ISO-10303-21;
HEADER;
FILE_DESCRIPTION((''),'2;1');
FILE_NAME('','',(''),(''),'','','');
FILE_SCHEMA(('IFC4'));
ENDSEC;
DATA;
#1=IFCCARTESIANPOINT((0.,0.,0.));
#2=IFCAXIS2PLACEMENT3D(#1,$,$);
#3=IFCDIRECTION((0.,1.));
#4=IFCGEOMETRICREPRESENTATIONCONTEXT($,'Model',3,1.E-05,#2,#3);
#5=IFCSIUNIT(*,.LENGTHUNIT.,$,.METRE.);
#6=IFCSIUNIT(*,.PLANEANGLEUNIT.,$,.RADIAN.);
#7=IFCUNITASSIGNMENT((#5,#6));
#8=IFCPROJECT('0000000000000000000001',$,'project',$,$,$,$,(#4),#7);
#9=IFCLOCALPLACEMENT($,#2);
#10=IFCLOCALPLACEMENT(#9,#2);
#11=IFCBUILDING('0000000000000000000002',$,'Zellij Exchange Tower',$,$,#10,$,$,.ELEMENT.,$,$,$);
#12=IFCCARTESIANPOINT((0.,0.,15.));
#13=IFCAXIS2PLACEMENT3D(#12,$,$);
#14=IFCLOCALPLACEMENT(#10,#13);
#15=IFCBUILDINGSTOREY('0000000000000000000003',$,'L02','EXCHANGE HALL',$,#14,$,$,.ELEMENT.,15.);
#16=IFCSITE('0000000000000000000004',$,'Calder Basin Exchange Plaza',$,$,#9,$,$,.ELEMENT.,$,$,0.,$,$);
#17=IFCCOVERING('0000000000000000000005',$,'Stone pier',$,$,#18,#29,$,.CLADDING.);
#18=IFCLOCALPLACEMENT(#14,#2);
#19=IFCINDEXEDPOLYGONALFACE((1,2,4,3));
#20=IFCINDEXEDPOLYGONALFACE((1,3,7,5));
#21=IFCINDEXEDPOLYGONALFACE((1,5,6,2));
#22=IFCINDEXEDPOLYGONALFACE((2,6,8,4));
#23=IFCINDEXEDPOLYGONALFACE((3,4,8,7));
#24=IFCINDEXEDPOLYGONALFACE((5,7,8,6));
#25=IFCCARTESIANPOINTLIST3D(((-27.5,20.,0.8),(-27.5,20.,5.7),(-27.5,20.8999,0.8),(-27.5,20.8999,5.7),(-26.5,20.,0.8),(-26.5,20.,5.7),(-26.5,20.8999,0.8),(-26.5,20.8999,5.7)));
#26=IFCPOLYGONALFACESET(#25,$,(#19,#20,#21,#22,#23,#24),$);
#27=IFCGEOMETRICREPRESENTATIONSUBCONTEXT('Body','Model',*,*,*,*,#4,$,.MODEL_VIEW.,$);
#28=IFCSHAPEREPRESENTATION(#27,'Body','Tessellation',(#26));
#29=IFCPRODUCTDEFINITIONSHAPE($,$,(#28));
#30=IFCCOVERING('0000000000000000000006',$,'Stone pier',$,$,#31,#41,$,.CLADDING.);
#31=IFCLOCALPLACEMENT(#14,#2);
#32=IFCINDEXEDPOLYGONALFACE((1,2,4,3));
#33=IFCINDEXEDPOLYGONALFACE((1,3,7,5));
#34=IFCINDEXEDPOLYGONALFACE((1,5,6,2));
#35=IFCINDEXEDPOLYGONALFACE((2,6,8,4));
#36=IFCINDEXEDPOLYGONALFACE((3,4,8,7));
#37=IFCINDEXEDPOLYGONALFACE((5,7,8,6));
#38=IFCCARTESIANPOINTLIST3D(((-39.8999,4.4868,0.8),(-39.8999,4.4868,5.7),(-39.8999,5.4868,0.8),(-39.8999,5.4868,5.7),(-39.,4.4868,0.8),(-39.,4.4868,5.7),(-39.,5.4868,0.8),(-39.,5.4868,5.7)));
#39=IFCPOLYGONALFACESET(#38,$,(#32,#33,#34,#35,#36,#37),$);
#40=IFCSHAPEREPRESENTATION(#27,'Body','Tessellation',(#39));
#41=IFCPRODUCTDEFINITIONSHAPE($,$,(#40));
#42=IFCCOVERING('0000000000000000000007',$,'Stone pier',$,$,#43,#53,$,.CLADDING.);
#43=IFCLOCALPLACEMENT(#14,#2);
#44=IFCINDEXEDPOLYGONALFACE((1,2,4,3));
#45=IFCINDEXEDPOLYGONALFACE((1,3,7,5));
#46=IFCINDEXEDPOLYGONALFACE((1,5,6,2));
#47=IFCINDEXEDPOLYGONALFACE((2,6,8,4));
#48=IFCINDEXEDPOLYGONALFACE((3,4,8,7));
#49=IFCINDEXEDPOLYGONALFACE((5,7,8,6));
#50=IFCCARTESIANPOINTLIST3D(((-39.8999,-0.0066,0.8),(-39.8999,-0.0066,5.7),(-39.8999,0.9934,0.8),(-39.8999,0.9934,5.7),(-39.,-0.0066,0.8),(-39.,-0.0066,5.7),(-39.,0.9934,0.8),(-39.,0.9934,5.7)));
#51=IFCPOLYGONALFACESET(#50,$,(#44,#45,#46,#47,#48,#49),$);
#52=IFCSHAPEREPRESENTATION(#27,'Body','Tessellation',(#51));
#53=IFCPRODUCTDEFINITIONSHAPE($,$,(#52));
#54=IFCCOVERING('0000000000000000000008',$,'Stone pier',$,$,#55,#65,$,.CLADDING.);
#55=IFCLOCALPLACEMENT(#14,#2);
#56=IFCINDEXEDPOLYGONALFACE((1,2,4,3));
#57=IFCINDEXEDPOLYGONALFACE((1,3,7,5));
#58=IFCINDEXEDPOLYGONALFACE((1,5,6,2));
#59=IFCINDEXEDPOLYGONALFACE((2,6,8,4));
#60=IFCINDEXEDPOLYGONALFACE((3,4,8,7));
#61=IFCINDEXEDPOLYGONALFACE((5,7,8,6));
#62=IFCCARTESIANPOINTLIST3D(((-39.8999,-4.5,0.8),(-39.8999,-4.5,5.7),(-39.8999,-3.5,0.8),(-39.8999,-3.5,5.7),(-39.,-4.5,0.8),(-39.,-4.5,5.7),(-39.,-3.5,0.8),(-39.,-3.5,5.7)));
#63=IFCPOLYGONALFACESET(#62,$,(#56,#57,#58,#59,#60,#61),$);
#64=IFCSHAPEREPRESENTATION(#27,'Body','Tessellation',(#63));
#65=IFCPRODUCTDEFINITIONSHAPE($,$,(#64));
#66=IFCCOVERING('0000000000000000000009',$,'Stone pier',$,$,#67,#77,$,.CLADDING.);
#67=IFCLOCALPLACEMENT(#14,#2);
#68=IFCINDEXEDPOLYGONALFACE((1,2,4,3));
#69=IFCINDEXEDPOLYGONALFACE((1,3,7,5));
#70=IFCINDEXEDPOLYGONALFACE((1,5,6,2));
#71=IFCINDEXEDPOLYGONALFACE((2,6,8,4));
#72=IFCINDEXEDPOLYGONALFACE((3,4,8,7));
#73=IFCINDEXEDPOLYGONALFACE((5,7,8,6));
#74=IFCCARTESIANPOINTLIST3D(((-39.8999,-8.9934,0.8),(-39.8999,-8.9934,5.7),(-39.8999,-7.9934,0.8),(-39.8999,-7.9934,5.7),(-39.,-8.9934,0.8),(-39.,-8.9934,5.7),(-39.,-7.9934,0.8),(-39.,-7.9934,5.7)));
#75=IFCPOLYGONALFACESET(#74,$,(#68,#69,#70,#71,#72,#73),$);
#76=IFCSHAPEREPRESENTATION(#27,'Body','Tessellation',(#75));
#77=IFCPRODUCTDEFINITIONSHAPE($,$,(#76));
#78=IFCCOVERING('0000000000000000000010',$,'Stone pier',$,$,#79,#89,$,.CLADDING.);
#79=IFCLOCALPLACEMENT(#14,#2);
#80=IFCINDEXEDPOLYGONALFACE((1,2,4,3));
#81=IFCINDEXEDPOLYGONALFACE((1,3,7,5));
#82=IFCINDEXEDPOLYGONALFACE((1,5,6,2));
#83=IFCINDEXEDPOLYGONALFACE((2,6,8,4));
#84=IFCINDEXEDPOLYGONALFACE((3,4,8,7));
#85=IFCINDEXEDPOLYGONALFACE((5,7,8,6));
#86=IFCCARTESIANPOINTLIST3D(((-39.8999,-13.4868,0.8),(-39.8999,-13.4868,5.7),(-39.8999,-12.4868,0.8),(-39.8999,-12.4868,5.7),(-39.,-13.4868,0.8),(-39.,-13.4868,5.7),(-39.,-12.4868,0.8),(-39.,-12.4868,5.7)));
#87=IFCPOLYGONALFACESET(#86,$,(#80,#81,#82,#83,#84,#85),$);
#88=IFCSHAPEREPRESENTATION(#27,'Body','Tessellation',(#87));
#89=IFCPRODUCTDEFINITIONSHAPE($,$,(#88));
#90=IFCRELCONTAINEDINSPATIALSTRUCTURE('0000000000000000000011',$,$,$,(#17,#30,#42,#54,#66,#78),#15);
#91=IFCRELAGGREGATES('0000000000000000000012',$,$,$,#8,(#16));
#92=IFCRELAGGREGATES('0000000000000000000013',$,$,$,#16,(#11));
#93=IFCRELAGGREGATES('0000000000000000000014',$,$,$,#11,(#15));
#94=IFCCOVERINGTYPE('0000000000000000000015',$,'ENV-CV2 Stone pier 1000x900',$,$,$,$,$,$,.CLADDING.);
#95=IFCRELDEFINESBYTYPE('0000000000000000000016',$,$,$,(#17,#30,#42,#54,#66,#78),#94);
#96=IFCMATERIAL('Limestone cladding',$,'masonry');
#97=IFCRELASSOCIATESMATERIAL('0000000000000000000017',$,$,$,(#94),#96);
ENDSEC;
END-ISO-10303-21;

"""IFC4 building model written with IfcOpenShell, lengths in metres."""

from ifc_helpers import new_model, si_unit, direction, frame, origin, place, context, subcontext, project, spatial, polyline, outline, extrude, material, type_object, element, save


model = new_model("IFC4")

# Units and contexts
model_context = context("Model", 3, precision=1e-05, world=origin(), true_north=direction((0.0, 1.0)))
body_context = subcontext(model_context, "Body", "Model", "MODEL_VIEW")
ifc_project = project(units=[si_unit("LENGTHUNIT", "METRE"), si_unit("PLANEANGLEUNIT", "RADIAN")], contexts=[model_context])

# Site, building, storey
site_placement = place(None, origin())
site = spatial("IfcSite", under=ifc_project, at=site_placement, Name="Calder Basin Exchange Plaza", CompositionType="ELEMENT", RefElevation=0.0)
building_placement = place(site_placement, origin())
building = spatial("IfcBuilding", under=site, at=building_placement, Name="Zellij Exchange Tower", CompositionType="ELEMENT")
storey_placement = place(building_placement, frame((0.0, 0.0, 15.0)))
storey = spatial("IfcBuildingStorey", under=building, at=storey_placement, Name="L02", Description="EXCHANGE HALL", CompositionType="ELEMENT", Elevation=15.0)

# Coverings
ifc_material_1 = material(Name="Limestone cladding", Category="masonry")
covering_type_1 = type_object("IfcCoveringType", Name="ENV-CV2 Stone pier 1000x900", PredefinedType="CLADDING", material=ifc_material_1)
covering_1_placement = place(storey_placement, frame((0.0, 0.0, 0.8)))
element("IfcCovering", 1, at=covering_1_placement, inside=storey, type_object=covering_type_1, Name="Stone pier", PredefinedType="CLADDING", context=body_context, shape_type="SweptSolid", body=[
    extrude(outline(polyline([(-26.5, 20.0), (-27.5, 20.0), (-27.5, 20.8999), (-26.5, 20.8999), (-26.5, 20.0)])), origin(), (0.0, 0.0, 1.0), 4.8999),
])
covering_2_placement = place(storey_placement, frame((0.0, 0.0, 0.8)))
element("IfcCovering", 2, at=covering_2_placement, inside=storey, type_object=covering_type_1, Name="Stone pier", PredefinedType="CLADDING", context=body_context, shape_type="SweptSolid", body=[
    extrude(outline(polyline([(-39.0, 5.4868), (-39.0, 4.4868), (-39.8999, 4.4868), (-39.8999, 5.4868), (-39.0, 5.4868)])), origin(), (0.0, 0.0, 1.0), 4.8999),
])
covering_3_placement = place(storey_placement, frame((0.0, 0.0, 0.8)))
element("IfcCovering", 3, at=covering_3_placement, inside=storey, type_object=covering_type_1, Name="Stone pier", PredefinedType="CLADDING", context=body_context, shape_type="SweptSolid", body=[
    extrude(outline(polyline([(-39.0, 0.9934), (-39.0, -0.0066), (-39.8999, -0.0066), (-39.8999, 0.9934), (-39.0, 0.9934)])), origin(), (0.0, 0.0, 1.0), 4.8999),
])
covering_4_placement = place(storey_placement, frame((0.0, 0.0, 0.8)))
element("IfcCovering", 4, at=covering_4_placement, inside=storey, type_object=covering_type_1, Name="Stone pier", PredefinedType="CLADDING", context=body_context, shape_type="SweptSolid", body=[
    extrude(outline(polyline([(-39.0, -3.5), (-39.0, -4.5), (-39.8999, -4.5), (-39.8999, -3.5), (-39.0, -3.5)])), origin(), (0.0, 0.0, 1.0), 4.8999),
])
covering_5_placement = place(storey_placement, frame((0.0, 0.0, 0.8)))
element("IfcCovering", 5, at=covering_5_placement, inside=storey, type_object=covering_type_1, Name="Stone pier", PredefinedType="CLADDING", context=body_context, shape_type="SweptSolid", body=[
    extrude(outline(polyline([(-39.0, -7.9934), (-39.0, -8.9934), (-39.8999, -8.9934), (-39.8999, -7.9934), (-39.0, -7.9934)])), origin(), (0.0, 0.0, 1.0), 4.8999),
])
covering_6_placement = place(storey_placement, frame((0.0, 0.0, 0.8)))
element("IfcCovering", 6, at=covering_6_placement, inside=storey, type_object=covering_type_1, Name="Stone pier", PredefinedType="CLADDING", context=body_context, shape_type="SweptSolid", body=[
    extrude(outline(polyline([(-39.0, -12.4868), (-39.0, -13.4868), (-39.8999, -13.4868), (-39.8999, -12.4868), (-39.0, -12.4868)])), origin(), (0.0, 0.0, 1.0), 4.8999),
])

save(model, "model.ifc")
